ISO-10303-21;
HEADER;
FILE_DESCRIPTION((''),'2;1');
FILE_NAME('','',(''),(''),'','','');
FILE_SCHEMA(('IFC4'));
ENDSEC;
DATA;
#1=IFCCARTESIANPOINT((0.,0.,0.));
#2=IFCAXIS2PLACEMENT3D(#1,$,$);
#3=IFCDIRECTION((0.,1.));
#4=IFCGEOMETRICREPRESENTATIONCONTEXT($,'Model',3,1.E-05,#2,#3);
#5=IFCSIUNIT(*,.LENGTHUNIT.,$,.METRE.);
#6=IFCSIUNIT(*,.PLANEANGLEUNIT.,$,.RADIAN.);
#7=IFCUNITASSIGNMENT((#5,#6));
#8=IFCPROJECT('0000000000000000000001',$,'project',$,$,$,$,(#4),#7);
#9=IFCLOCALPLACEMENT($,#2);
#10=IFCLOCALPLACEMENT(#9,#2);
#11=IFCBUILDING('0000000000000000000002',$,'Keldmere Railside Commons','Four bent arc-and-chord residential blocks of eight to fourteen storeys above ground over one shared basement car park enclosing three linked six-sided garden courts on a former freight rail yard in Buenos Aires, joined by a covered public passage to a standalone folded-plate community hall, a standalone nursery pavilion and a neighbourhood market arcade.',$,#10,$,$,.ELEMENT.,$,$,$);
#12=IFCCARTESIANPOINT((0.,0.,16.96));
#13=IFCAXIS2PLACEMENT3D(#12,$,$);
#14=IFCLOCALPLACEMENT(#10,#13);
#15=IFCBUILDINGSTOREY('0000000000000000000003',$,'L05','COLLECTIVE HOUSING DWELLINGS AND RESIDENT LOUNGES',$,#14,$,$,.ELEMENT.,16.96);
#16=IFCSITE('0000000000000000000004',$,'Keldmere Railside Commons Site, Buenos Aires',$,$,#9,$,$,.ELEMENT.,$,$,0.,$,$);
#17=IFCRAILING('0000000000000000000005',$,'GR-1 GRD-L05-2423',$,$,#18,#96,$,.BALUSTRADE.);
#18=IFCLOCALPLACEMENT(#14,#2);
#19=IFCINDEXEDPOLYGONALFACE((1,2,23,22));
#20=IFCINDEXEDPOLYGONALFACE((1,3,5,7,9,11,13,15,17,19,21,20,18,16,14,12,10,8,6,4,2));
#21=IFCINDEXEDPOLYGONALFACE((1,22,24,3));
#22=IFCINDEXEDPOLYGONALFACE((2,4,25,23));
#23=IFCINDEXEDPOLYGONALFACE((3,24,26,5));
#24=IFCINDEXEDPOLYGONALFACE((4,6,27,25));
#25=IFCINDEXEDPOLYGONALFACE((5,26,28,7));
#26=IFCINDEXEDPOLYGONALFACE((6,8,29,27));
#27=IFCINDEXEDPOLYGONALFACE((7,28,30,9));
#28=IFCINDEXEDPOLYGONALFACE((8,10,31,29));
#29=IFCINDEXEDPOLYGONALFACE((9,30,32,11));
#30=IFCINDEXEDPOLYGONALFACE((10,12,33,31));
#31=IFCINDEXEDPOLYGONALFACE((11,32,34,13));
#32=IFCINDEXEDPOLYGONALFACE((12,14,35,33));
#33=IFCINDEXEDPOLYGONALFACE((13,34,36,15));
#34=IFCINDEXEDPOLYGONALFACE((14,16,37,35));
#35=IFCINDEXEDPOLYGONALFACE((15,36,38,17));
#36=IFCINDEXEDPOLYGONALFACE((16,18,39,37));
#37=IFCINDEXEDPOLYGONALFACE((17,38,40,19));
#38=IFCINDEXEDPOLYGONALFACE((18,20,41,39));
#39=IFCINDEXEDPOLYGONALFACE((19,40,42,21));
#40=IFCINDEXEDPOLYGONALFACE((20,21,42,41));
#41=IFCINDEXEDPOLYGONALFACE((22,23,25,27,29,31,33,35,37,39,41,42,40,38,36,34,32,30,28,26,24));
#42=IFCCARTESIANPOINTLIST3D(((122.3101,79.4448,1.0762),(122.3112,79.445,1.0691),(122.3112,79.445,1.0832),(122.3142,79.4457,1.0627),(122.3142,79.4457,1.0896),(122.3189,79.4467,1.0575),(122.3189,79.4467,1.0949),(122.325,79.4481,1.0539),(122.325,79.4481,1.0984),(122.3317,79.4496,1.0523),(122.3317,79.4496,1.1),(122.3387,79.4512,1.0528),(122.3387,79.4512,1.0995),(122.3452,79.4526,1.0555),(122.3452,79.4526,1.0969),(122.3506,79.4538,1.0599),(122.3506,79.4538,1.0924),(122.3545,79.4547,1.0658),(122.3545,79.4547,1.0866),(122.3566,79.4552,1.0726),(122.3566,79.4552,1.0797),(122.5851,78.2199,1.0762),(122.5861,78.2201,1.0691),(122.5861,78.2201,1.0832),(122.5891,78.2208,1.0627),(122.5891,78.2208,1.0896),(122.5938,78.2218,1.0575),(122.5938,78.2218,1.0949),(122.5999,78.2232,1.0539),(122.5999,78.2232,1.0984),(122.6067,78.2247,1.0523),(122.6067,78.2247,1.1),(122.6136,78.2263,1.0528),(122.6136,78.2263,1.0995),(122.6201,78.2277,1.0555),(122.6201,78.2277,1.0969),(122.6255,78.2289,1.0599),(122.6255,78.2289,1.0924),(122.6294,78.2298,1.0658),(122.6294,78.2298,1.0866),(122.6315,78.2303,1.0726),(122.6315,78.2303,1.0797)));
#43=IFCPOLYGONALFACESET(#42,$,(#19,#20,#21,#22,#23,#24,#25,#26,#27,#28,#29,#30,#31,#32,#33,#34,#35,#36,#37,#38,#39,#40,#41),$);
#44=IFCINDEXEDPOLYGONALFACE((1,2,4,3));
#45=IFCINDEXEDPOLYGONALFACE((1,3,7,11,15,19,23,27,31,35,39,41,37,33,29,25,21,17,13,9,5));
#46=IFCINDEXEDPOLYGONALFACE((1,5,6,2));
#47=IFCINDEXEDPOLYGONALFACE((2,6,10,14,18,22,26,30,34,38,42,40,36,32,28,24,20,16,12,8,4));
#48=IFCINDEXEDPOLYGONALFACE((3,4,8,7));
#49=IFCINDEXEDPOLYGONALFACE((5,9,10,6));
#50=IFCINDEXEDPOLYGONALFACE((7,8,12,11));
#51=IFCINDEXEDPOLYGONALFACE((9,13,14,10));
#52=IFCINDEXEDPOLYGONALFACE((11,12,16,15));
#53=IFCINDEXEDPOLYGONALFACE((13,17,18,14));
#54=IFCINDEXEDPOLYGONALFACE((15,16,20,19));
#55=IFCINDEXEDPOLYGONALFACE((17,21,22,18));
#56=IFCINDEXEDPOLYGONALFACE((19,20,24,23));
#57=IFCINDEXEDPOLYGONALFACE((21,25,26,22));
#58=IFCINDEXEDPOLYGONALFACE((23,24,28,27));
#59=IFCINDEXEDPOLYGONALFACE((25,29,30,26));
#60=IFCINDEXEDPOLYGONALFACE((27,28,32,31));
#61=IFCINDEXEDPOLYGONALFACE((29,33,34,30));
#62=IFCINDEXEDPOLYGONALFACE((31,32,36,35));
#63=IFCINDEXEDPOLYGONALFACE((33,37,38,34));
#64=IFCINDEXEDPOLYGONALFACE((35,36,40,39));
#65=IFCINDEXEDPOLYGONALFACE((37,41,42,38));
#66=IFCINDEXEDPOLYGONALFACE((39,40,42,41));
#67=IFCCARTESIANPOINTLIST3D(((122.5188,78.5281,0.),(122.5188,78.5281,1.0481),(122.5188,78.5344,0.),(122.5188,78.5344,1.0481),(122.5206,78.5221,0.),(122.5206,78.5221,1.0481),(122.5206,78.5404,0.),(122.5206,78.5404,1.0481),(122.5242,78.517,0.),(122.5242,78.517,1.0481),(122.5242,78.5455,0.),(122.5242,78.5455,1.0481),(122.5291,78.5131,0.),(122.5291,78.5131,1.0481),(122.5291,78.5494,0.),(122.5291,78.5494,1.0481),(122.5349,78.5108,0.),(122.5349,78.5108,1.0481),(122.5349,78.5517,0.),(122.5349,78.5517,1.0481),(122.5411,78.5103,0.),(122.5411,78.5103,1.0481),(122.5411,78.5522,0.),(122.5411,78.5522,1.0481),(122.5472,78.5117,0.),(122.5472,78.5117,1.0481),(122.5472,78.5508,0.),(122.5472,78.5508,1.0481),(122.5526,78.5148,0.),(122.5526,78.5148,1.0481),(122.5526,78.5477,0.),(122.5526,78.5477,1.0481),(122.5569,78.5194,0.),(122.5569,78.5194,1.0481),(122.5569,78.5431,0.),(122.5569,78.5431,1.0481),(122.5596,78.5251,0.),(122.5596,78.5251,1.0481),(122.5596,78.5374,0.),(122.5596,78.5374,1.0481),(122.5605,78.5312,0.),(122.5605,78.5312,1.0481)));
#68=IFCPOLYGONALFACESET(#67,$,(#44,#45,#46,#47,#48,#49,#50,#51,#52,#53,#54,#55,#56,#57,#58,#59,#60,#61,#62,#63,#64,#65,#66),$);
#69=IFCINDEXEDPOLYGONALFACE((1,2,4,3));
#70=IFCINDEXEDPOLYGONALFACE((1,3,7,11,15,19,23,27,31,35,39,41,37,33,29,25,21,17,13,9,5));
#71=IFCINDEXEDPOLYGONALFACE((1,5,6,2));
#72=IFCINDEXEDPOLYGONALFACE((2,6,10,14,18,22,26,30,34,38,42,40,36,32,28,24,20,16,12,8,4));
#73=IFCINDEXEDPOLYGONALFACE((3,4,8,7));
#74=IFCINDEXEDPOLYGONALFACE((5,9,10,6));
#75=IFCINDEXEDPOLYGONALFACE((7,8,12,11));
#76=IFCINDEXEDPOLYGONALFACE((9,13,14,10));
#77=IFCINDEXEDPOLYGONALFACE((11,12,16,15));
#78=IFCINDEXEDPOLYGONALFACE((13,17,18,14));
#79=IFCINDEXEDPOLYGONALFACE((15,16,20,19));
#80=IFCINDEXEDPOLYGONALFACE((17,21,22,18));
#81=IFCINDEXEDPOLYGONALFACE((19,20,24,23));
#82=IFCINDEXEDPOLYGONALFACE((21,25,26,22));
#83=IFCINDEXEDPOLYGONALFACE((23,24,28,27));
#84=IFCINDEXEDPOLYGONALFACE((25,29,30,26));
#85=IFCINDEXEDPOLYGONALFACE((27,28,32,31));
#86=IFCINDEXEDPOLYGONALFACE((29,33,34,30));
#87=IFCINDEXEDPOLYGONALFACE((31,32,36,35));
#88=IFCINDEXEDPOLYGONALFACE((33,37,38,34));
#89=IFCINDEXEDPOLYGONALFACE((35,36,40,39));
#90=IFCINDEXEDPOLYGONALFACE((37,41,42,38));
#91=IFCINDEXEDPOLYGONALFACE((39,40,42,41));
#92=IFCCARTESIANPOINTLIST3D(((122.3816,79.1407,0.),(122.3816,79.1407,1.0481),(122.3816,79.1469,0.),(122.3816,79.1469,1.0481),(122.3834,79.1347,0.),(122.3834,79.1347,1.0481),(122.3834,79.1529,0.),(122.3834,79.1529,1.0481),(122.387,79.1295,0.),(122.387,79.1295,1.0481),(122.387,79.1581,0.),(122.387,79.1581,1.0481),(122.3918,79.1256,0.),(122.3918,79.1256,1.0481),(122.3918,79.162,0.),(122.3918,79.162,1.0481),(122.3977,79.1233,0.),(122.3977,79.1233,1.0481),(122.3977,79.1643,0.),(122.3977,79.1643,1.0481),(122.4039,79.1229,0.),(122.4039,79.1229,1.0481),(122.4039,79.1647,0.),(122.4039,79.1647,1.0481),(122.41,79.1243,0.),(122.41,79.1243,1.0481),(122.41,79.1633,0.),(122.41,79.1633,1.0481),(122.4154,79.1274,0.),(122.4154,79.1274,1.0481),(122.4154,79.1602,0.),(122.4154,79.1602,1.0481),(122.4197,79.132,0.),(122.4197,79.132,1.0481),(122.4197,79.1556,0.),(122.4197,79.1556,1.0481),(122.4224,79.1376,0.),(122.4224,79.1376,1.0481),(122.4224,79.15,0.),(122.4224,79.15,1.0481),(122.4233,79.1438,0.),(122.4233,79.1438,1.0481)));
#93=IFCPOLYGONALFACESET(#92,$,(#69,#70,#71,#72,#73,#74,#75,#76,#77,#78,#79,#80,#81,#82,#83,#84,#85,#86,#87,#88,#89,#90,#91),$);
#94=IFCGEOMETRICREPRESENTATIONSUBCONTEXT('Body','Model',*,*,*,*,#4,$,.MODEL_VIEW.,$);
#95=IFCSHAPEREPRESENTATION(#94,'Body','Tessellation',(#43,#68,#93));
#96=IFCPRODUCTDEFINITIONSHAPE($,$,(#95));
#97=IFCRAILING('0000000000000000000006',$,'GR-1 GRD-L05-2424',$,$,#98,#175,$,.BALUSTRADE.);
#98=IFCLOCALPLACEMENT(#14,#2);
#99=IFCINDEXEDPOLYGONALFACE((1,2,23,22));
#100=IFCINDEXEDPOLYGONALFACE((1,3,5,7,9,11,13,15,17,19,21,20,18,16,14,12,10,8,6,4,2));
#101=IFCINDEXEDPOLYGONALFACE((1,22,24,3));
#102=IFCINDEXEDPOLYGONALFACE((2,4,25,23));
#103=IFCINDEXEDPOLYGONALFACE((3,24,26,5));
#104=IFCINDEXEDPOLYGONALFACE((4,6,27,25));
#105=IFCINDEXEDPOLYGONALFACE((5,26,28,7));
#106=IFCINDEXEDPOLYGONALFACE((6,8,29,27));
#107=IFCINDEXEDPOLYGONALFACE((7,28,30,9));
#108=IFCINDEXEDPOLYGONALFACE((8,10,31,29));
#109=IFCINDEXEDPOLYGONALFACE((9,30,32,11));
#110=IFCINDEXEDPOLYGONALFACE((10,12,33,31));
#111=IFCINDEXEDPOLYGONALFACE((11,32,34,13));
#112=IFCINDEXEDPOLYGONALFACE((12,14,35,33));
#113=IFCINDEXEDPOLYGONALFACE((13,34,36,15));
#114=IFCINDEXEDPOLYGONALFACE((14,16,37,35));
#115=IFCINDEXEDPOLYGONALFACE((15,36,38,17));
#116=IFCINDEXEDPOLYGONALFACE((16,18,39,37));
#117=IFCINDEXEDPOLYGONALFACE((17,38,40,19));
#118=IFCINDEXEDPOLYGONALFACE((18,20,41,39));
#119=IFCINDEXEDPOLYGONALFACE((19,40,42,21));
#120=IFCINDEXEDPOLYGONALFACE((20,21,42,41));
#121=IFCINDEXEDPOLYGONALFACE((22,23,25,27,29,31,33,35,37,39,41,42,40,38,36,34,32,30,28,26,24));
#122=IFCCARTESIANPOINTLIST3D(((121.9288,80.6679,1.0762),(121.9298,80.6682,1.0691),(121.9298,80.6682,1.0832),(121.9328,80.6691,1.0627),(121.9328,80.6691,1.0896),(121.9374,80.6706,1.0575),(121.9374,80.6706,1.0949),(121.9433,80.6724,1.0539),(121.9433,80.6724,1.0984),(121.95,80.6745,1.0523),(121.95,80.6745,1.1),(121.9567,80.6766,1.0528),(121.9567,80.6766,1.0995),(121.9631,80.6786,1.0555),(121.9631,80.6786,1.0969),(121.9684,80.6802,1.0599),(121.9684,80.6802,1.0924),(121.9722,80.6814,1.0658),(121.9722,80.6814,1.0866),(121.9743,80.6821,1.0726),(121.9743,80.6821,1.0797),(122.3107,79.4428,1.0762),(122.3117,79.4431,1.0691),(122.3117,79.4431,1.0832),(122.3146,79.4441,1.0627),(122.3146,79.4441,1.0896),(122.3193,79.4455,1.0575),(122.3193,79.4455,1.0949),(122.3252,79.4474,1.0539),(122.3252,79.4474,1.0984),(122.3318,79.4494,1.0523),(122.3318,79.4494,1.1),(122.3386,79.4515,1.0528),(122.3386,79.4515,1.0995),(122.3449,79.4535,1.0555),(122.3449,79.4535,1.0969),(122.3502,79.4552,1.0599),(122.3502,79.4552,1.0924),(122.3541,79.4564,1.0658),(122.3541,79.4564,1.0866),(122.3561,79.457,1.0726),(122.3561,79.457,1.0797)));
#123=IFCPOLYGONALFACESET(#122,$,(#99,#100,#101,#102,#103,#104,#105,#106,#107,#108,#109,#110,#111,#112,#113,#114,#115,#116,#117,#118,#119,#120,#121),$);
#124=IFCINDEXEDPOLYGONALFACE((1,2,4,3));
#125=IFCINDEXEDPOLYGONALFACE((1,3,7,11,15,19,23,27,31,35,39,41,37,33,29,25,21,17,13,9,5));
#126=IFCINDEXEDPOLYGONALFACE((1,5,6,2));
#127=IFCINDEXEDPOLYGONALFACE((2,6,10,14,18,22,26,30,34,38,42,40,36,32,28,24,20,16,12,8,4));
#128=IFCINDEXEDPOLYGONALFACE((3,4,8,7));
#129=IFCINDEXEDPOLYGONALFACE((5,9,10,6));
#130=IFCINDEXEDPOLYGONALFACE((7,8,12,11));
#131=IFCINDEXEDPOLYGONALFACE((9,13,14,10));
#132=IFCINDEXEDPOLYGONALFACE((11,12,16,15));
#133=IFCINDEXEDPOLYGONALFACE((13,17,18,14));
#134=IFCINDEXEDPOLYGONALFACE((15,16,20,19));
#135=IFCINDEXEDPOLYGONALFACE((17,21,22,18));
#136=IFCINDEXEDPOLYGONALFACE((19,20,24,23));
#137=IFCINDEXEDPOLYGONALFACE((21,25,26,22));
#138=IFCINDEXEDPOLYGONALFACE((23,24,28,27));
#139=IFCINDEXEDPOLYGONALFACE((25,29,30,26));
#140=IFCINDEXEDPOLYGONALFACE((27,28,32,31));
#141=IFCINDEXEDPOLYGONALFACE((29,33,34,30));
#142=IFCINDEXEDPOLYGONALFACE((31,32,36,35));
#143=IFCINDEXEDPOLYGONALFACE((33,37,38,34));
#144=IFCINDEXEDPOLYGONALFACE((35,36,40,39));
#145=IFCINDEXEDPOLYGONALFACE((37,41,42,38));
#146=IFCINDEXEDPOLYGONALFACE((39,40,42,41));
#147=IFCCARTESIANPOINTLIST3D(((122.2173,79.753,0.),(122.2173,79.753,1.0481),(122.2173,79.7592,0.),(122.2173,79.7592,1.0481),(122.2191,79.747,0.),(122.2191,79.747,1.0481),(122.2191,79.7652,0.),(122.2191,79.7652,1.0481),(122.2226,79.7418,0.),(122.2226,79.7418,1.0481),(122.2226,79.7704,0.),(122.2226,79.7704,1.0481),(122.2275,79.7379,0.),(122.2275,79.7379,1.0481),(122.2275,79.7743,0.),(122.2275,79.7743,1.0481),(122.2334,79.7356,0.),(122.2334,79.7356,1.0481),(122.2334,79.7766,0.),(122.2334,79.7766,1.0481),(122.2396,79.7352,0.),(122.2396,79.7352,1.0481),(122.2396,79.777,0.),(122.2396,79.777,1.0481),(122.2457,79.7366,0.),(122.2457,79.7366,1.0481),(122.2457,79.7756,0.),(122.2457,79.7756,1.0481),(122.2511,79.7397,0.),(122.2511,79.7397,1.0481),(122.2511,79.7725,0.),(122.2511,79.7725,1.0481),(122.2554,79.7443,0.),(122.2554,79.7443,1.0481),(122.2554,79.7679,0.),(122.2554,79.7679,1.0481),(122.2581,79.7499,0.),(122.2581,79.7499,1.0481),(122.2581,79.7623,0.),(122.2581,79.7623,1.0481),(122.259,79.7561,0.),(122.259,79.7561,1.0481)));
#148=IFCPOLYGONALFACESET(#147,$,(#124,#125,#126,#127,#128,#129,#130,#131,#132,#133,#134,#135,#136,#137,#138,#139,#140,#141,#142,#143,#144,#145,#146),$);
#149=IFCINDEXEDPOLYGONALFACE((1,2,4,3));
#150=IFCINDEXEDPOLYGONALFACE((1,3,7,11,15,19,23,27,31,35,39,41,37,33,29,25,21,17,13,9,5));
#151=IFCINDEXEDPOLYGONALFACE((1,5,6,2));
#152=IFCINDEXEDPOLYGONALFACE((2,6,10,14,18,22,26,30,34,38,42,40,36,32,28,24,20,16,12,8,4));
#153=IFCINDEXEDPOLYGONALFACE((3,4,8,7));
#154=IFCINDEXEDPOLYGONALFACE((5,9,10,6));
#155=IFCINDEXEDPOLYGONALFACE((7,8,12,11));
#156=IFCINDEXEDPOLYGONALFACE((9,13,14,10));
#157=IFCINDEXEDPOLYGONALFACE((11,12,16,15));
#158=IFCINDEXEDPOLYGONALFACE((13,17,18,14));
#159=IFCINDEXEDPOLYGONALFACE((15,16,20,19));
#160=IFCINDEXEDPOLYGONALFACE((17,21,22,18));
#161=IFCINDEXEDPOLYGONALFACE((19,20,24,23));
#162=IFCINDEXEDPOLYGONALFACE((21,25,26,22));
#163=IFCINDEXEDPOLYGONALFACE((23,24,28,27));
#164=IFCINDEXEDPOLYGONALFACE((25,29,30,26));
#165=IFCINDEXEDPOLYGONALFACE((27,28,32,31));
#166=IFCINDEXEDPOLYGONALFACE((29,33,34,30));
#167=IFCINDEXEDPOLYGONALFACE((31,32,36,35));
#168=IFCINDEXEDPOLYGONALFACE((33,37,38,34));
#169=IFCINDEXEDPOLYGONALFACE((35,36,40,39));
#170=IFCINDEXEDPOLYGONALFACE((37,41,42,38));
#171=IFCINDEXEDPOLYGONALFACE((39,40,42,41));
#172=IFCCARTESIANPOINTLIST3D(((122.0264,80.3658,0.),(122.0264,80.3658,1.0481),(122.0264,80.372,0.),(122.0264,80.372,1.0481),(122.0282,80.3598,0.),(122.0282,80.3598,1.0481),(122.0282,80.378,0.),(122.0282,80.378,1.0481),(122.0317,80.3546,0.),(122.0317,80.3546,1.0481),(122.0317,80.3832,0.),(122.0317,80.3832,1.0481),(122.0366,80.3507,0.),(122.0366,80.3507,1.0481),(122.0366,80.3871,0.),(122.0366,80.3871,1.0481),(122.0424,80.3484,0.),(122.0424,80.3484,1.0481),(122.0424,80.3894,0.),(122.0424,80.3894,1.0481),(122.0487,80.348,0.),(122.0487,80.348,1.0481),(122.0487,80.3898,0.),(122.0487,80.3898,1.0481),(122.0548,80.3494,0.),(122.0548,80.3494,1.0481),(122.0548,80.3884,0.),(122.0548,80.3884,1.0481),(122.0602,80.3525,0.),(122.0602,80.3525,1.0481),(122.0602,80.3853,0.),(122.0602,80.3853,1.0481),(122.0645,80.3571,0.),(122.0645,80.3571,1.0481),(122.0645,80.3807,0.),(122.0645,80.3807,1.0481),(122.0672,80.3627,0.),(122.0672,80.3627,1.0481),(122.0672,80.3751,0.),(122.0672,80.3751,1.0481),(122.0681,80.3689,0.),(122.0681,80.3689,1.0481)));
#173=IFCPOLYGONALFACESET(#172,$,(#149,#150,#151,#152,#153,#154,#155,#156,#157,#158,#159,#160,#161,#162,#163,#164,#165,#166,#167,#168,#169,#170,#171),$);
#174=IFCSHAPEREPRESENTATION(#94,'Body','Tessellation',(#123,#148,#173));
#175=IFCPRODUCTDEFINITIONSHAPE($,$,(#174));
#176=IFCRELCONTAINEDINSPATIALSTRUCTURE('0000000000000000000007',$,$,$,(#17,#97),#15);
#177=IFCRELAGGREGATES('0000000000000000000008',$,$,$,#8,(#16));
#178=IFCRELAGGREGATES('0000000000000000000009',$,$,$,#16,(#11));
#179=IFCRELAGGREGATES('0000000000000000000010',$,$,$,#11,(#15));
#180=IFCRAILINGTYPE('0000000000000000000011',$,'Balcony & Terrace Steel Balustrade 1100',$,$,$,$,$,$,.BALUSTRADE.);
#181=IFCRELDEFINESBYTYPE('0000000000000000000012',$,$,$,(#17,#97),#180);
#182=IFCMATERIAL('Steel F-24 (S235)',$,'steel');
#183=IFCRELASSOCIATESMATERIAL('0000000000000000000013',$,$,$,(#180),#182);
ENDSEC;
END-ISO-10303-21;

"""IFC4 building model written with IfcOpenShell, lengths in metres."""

from ifc_helpers import new_model, si_unit, direction, frame, origin, origin_2d, place, context, subcontext, project, spatial, circle, extrude, material, type_object, element, save


model = new_model("IFC4")

# Units and contexts
model_context = context("Model", 3, precision=1e-05, world=origin(), true_north=direction((0.0, 1.0)))
body_context = subcontext(model_context, "Body", "Model", "MODEL_VIEW")
ifc_project = project(units=[si_unit("LENGTHUNIT", "METRE"), si_unit("PLANEANGLEUNIT", "RADIAN")], contexts=[model_context])

# Site, building, storey
site_placement = place(None, origin())
site = spatial("IfcSite", under=ifc_project, at=site_placement, Name="Keldmere Railside Commons Site, Buenos Aires", CompositionType="ELEMENT", RefElevation=0.0)
building_placement = place(site_placement, origin())
building = spatial("IfcBuilding", under=site, at=building_placement, Name="Keldmere Railside Commons", Description="Four bent arc-and-chord residential blocks of eight to fourteen storeys above ground over one shared basement car park enclosing three linked six-sided garden courts on a former freight rail yard in Buenos Aires, joined by a covered public passage to a standalone folded-plate community hall, a standalone nursery pavilion and a neighbourhood market arcade.", CompositionType="ELEMENT")
storey_placement = place(building_placement, frame((0.0, 0.0, 16.96)))
storey = spatial("IfcBuildingStorey", under=building, at=storey_placement, Name="L05", Description="COLLECTIVE HOUSING DWELLINGS AND RESIDENT LOUNGES", CompositionType="ELEMENT", Elevation=16.96)

# Railings
ifc_material_1 = material(Name="Steel F-24 (S235)", Category="steel")
railing_type = type_object("IfcRailingType", Name="Balcony & Terrace Steel Balustrade 1100", PredefinedType="BALUSTRADE", material=ifc_material_1)
railing_1_placement = place(storey_placement, frame((122.6084, 78.2251, 0.0)))
element("IfcRailing", 1, at=railing_1_placement, inside=storey, type_object=railing_type, Name="GR-1 GRD-L05-2423", PredefinedType="BALUSTRADE", context=body_context, shape_type="SweptSolid", body=[
    extrude(circle(Radius=0.0239, at=origin_2d()), frame((0.0, 0.0, 1.0762), z_axis=(-0.218989, 0.975727, 0.0), x_axis=(-0.975727, -0.218989, 0.0)), (0.0, 0.0, 1.0), 1.2554),
    extrude(circle(Radius=0.021, at=origin_2d()), frame((-0.0688, 0.3062, 0.0)), (0.0, 0.0, 1.0), 1.0481),
    extrude(circle(Radius=0.021, at=origin_2d()), frame((-0.2061, 0.9187, 0.0)), (0.0, 0.0, 1.0), 1.0481),
])
railing_2_placement = place(storey_placement, frame((122.3335, 79.45, 0.0)))
element("IfcRailing", 2, at=railing_2_placement, inside=storey, type_object=railing_type, Name="GR-1 GRD-L05-2424", PredefinedType="BALUSTRADE", context=body_context, shape_type="SweptSolid", body=[
    extrude(circle(Radius=0.0239, at=origin_2d()), frame((0.0, 0.0, 1.0762), z_axis=(-0.29756, 0.954703, 0.0), x_axis=(-0.954703, -0.29756, 0.0)), (0.0, 0.0, 1.0), 1.2832),
    extrude(circle(Radius=0.021, at=origin_2d()), frame((-0.0955, 0.3062, 0.0)), (0.0, 0.0, 1.0), 1.0481),
    extrude(circle(Radius=0.021, at=origin_2d()), frame((-0.2864, 0.9189, 0.0)), (0.0, 0.0, 1.0), 1.0481),
])

save(model, "model.ifc")
